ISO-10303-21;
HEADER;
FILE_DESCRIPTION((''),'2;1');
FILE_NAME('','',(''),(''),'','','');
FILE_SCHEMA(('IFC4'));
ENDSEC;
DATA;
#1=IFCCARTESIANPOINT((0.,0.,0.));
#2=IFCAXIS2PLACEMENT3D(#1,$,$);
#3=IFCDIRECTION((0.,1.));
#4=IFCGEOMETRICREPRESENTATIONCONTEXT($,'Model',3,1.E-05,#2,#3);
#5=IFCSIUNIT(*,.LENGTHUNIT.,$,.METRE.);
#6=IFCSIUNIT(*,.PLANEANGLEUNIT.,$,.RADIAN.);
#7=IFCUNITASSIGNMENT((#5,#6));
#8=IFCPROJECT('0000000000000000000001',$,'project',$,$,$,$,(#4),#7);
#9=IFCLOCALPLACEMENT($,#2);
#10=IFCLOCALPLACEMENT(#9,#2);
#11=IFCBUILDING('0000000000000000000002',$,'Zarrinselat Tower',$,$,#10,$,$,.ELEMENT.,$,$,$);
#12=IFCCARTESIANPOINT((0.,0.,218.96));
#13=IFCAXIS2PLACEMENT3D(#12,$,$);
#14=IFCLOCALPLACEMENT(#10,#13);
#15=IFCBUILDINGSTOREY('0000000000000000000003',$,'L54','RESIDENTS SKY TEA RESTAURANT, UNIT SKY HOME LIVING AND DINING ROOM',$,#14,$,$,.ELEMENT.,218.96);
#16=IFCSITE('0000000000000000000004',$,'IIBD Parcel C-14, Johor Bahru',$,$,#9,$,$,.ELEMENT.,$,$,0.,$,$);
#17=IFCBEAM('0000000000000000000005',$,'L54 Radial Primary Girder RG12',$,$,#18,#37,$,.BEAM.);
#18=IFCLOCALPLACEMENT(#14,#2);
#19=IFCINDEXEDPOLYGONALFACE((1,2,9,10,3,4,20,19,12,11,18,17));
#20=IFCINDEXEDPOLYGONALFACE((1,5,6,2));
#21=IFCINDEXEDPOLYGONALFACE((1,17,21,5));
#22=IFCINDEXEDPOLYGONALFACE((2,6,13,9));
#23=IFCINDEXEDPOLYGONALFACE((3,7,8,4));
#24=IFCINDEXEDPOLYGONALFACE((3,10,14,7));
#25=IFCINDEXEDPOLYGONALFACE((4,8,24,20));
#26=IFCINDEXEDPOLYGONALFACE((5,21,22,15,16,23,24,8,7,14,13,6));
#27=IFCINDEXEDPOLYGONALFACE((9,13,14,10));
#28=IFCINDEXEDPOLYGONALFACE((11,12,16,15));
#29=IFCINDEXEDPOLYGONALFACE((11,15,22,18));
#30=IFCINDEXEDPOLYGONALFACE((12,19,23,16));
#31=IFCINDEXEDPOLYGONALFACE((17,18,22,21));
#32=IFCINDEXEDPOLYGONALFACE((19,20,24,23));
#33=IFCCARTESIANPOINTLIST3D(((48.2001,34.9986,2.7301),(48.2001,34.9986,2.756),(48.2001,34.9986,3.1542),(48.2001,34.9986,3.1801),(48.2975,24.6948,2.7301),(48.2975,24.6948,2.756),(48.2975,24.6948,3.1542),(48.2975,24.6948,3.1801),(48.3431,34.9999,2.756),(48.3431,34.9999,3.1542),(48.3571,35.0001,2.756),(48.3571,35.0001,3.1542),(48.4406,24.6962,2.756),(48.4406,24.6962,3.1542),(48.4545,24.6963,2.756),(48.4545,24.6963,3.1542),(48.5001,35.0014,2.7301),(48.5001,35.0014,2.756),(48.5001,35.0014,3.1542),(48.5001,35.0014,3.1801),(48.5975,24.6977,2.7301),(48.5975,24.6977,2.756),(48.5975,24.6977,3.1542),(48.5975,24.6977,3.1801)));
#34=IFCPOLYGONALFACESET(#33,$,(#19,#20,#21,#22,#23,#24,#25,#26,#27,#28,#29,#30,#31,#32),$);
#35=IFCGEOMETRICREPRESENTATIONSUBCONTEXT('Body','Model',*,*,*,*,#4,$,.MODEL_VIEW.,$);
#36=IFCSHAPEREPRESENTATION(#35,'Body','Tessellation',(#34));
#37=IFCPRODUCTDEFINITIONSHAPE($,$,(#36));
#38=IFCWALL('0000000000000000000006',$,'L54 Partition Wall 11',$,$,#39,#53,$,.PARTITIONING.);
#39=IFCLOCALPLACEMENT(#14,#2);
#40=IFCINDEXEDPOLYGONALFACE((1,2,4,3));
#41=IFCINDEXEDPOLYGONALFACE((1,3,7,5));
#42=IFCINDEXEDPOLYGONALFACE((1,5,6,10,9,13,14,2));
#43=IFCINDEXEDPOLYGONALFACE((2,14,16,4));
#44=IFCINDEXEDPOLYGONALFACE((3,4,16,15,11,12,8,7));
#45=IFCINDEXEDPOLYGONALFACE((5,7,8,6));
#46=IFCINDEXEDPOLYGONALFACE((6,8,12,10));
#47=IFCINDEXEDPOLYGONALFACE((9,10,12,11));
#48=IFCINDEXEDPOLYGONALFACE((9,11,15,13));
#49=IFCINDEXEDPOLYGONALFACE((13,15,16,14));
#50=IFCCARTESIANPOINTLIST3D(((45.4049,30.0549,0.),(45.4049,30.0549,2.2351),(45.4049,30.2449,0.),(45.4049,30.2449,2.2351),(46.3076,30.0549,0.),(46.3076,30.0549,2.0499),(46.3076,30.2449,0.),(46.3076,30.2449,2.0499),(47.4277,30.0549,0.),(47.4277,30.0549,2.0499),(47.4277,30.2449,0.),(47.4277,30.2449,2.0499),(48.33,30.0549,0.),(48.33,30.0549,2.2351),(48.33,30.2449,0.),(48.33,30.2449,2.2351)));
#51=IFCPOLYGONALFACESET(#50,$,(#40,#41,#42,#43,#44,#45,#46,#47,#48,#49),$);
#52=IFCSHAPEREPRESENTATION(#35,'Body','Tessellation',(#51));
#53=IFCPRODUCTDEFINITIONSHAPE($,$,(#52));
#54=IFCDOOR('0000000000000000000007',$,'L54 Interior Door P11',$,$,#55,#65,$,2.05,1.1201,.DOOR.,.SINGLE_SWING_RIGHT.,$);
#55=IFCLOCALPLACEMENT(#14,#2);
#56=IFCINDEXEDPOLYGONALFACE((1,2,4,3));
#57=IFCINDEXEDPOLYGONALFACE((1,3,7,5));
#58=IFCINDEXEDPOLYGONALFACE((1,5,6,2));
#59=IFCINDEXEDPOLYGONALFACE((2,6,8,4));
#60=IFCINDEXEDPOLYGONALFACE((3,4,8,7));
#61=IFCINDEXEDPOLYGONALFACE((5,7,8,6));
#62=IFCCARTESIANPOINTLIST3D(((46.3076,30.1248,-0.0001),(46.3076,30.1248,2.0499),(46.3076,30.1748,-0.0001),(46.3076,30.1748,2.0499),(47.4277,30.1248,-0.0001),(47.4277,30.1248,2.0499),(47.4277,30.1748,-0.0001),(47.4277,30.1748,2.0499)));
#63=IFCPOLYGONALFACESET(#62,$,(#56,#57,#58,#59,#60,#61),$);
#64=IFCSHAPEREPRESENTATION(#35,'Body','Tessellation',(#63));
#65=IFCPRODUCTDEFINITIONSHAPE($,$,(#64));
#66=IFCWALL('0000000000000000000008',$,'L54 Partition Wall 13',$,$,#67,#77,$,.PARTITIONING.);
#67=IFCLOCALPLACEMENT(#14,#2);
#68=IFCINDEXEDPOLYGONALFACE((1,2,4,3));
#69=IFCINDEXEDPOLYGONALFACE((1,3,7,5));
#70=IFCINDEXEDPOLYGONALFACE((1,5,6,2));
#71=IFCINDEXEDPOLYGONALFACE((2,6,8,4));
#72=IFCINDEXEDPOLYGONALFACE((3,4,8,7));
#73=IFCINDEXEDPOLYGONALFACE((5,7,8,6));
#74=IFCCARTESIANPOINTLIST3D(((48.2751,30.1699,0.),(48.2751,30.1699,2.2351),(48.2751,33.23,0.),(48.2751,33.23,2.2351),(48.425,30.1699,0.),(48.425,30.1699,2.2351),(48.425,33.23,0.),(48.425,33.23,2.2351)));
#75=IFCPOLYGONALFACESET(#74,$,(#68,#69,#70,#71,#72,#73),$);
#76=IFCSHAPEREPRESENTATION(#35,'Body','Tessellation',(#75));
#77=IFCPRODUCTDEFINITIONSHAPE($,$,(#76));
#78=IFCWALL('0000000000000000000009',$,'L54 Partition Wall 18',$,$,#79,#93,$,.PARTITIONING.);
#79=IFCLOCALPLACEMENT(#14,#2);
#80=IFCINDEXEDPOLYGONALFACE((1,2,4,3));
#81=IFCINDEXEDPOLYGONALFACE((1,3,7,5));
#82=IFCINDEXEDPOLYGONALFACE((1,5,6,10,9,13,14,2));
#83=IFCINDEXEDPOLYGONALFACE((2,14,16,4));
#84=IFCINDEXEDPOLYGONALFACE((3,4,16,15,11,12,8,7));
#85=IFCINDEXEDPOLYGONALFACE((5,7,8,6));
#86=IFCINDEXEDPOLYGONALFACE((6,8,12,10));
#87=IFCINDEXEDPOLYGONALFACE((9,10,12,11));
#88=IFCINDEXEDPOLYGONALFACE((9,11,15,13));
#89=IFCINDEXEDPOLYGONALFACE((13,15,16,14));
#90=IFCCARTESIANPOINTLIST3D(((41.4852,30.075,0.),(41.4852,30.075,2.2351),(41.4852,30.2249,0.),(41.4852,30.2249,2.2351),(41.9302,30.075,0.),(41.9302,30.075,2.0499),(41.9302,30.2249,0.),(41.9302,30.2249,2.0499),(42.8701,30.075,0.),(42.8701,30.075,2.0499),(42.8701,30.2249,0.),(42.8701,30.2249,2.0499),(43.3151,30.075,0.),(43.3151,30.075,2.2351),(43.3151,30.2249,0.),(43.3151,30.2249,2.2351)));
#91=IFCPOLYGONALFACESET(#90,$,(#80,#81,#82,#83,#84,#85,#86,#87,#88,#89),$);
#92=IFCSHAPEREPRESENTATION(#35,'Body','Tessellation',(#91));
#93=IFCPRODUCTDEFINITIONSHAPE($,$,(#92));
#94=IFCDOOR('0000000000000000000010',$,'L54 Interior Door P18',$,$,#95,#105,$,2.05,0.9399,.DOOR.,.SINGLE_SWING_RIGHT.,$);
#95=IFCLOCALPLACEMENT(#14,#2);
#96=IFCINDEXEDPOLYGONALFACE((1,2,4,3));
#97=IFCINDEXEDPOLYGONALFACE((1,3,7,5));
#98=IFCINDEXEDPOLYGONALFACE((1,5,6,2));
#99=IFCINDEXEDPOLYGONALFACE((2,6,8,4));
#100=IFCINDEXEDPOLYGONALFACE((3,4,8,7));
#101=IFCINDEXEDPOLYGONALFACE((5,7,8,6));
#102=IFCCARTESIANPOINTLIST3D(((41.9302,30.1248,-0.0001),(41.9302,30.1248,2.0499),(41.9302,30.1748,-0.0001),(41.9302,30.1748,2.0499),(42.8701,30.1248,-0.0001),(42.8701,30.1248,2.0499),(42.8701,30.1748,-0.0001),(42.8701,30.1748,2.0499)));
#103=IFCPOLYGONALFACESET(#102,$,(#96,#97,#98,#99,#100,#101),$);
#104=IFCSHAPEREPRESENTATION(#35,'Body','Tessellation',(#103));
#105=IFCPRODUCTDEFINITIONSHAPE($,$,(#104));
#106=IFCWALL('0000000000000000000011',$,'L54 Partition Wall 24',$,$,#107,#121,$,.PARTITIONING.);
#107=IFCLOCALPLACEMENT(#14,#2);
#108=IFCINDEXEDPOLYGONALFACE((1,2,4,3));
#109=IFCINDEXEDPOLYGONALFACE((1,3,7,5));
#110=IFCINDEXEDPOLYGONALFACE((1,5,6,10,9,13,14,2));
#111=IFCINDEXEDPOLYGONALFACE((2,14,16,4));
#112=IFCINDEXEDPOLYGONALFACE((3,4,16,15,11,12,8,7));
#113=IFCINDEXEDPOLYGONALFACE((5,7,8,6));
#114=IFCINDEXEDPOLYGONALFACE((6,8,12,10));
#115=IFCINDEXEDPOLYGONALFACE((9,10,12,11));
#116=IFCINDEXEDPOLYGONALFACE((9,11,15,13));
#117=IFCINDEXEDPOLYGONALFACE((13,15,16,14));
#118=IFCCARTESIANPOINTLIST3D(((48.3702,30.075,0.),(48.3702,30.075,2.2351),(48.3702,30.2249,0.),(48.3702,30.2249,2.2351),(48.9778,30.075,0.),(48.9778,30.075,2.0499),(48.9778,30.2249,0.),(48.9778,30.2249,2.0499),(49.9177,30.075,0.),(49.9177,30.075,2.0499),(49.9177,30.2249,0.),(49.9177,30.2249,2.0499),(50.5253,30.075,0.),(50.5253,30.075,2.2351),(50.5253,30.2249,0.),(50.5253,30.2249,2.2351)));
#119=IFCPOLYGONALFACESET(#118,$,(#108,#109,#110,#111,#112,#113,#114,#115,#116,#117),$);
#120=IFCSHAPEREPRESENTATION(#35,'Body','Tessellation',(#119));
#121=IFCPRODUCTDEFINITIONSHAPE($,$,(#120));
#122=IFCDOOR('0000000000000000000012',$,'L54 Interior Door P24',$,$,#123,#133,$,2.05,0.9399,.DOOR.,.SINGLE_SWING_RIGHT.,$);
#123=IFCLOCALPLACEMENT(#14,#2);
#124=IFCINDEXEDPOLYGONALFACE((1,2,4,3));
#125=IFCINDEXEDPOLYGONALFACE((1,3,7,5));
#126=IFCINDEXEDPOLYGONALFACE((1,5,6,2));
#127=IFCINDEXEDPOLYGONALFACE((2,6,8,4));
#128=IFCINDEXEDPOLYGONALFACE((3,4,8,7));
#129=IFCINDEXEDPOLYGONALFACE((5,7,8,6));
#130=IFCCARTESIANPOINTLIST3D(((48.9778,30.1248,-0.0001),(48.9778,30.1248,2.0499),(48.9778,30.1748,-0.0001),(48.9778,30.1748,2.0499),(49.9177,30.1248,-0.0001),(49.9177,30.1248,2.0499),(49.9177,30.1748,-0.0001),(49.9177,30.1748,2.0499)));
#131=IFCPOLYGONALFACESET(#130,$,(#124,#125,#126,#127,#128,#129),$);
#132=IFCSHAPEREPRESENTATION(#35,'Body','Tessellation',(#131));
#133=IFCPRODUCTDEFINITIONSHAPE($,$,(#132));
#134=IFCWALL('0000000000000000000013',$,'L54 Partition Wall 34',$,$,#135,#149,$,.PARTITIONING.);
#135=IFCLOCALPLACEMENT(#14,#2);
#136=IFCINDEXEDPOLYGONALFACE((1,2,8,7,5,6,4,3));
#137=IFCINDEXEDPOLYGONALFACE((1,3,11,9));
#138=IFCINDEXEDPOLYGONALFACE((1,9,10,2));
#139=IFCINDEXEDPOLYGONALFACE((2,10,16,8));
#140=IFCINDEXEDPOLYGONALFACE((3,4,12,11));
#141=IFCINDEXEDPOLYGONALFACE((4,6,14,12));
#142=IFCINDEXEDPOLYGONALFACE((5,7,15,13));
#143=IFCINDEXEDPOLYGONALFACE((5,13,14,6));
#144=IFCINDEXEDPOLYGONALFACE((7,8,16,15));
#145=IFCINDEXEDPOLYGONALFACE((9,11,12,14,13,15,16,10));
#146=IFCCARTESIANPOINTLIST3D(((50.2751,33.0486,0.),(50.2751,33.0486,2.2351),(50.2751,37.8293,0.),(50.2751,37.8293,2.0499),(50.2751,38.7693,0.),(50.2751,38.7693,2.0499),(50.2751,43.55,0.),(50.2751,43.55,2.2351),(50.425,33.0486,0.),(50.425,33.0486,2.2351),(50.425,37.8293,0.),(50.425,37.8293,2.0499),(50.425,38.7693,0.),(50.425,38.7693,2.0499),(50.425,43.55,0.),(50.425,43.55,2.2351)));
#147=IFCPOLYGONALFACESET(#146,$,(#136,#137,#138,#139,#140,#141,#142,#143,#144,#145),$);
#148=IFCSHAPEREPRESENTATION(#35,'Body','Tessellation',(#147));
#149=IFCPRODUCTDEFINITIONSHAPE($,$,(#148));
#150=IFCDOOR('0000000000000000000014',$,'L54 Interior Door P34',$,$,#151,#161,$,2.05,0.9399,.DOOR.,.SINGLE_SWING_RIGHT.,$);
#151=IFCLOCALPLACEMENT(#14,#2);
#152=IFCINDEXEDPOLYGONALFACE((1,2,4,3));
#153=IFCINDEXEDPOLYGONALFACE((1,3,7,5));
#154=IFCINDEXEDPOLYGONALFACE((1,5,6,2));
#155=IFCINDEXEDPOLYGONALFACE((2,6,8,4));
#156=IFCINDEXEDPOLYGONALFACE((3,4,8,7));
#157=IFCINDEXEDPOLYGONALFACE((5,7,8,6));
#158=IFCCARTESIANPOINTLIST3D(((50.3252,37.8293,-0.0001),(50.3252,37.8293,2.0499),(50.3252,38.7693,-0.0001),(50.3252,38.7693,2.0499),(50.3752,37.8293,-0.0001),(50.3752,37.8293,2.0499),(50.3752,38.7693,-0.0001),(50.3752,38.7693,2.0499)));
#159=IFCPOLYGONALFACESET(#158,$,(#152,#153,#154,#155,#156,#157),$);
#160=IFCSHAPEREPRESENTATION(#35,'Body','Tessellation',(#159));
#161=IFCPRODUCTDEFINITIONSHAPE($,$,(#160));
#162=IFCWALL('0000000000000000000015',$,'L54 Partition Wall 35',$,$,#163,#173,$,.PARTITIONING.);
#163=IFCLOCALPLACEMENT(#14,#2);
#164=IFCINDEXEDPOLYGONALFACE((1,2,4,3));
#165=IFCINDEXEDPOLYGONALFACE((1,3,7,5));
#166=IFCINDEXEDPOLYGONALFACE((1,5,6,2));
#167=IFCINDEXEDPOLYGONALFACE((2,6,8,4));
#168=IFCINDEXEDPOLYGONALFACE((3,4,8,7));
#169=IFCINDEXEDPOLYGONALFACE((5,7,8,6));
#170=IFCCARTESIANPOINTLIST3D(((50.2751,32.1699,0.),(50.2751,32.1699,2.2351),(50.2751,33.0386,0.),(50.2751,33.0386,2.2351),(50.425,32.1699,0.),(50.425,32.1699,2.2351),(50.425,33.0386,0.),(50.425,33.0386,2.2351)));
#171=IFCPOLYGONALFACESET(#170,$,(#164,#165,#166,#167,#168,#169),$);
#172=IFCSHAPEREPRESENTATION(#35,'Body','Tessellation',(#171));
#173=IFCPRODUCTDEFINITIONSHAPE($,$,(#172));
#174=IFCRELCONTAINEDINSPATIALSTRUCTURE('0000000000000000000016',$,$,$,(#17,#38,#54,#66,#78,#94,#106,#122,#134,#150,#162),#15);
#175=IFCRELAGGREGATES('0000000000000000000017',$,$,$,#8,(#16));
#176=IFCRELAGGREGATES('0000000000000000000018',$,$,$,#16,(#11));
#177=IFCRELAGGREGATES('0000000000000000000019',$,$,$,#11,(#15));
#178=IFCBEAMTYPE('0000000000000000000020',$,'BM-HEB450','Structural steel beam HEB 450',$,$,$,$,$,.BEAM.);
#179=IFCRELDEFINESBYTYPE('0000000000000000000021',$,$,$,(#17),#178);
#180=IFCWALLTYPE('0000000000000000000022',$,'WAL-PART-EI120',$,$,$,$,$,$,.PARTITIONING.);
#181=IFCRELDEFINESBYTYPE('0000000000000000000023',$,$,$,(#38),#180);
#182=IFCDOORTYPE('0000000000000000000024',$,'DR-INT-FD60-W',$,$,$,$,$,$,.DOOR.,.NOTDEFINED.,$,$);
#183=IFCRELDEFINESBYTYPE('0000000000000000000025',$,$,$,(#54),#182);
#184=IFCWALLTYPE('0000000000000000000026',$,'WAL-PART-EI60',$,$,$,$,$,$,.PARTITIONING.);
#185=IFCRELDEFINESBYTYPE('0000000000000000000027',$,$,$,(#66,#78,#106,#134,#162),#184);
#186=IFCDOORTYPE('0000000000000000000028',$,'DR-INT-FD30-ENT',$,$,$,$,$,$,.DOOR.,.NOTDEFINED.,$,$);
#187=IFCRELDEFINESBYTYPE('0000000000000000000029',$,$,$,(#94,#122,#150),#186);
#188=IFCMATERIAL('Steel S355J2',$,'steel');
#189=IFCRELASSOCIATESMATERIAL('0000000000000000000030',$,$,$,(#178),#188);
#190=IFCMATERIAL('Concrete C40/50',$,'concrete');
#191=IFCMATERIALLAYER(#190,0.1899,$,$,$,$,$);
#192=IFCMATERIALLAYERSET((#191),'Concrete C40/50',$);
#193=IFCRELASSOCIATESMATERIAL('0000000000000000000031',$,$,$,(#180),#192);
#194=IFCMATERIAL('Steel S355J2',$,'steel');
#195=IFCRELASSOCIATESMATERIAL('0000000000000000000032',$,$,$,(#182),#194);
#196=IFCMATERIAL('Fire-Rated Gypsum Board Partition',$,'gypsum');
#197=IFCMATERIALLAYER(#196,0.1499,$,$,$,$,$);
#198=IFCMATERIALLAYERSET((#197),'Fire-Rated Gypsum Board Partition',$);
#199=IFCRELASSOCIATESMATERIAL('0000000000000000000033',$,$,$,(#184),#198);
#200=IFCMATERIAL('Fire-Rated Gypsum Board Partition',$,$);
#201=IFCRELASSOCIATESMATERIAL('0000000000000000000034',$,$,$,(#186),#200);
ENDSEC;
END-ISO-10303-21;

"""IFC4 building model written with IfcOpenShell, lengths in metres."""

from ifc_helpers import new_model, si_unit, direction, frame, frame_2d, origin, origin_2d, place, context, subcontext, project, spatial, rectangle, i_section, extrude, material, layer, layer_set, material_profile, profile_set, type_object, element, fill, save


model = new_model("IFC4")

# Units and contexts
model_context = context("Model", 3, precision=1e-05, world=origin(), true_north=direction((0.0, 1.0)))
body_context = subcontext(model_context, "Body", "Model", "MODEL_VIEW")
ifc_project = project(units=[si_unit("LENGTHUNIT", "METRE"), si_unit("PLANEANGLEUNIT", "RADIAN")], contexts=[model_context])

# Site, building, storey
site_placement = place(None, origin())
site = spatial("IfcSite", under=ifc_project, at=site_placement, Name="IIBD Parcel C-14, Johor Bahru", CompositionType="ELEMENT", RefElevation=0.0)
building_placement = place(site_placement, origin())
building = spatial("IfcBuilding", under=site, at=building_placement, Name="Zarrinselat Tower", CompositionType="ELEMENT")
storey_placement = place(building_placement, frame((0.0, 0.0, 218.96)))
storey = spatial("IfcBuildingStorey", under=building, at=storey_placement, Name="L54", Description="RESIDENTS SKY TEA RESTAURANT, UNIT SKY HOME LIVING AND DINING ROOM", CompositionType="ELEMENT", Elevation=218.96)

# Beam
ifc_material_1 = material(Name="Steel S355J2", Category="steel")
ifc_material_profile = material_profile(ifc_material_1, i_section(OverallWidth=0.3, OverallDepth=0.45, WebThickness=0.0139, FlangeThickness=0.0259, at=origin_2d()), Name="HEB 450")
ifc_profile_set = profile_set([ifc_material_profile], Name="Steel S355J2")
beam_type = type_object("IfcBeamType", Name="BM-HEB450", Description="Structural steel beam HEB 450", PredefinedType="BEAM", material=ifc_profile_set)
beam_placement = place(storey_placement, frame((48.3501, 35.0, 2.9551), z_axis=(0.009454, -0.999955, 0.0), x_axis=(0.999955, 0.009454, 0.0)))
element("IfcBeam", 1, at=beam_placement, inside=storey, type_object=beam_type, Name="L54 Radial Primary Girder RG12", PredefinedType="BEAM", context=body_context, shape_type="SweptSolid", body=[
    extrude(i_section(OverallWidth=0.3, OverallDepth=0.45, WebThickness=0.0139, FlangeThickness=0.0259, at=origin_2d()), origin(), (0.0, 0.0, 1.0), 10.3042),
])

# Wall, opening, door
ifc_material_2 = material(Name="Concrete C40/50", Category="concrete")
ifc_layer_1 = layer(ifc_material_2, 0.1899)
ifc_layer_set_1 = layer_set([ifc_layer_1], Name="Concrete C40/50")
wall_type_1 = type_object("IfcWallType", Name="WAL-PART-EI120", PredefinedType="PARTITIONING", material=ifc_layer_set_1)
wall_1_placement = place(storey_placement, frame((45.405, 30.1499, 0.0), z_axis=(0.0, 0.0, 1.0), x_axis=(1.0, 0.0, 0.0)))
wall_1 = element("IfcWall", 2, at=wall_1_placement, inside=storey, type_object=wall_type_1, Name="L54 Partition Wall 11", PredefinedType="PARTITIONING", context=body_context, shape_type="SweptSolid", body=[
    extrude(rectangle(XDim=2.925, YDim=0.1899, at=frame_2d((1.4624, 0.0))), origin(), (0.0, 0.0, 1.0), 2.2351),
])
opening_1_placement = place(wall_1_placement, frame((0.9026, 0.0, 0.0)))
opening_1 = element("IfcOpeningElement", 3, at=opening_1_placement, cuts=wall_1, PredefinedType="OPENING", context=body_context, shape_type="SweptSolid", body=[
    extrude(rectangle(XDim=1.1201, YDim=2.05, at=frame_2d((0.5601, 1.0249))), frame((0.0, 0.105, 0.0), z_axis=(0.0, -1.0, 0.0), x_axis=(1.0, 0.0, 0.0)), (0.0, 0.0, 1.0), 0.21),
])
ifc_material_3 = material(Name="Steel S355J2", Category="steel")
door_type_1 = type_object("IfcDoorType", Name="DR-INT-FD60-W", OperationType="NOTDEFINED", PredefinedType="DOOR", material=ifc_material_3)
door_1_placement = place(opening_1_placement, origin())
door_1 = element("IfcDoor", 4, at=door_1_placement, inside=storey, type_object=door_type_1, Name="L54 Interior Door P11", OperationType="SINGLE_SWING_RIGHT", OverallHeight=2.05, OverallWidth=1.1201, PredefinedType="DOOR", context=body_context, shape_type="SweptSolid", body=[
    extrude(rectangle(XDim=1.1201, YDim=2.05, at=frame_2d((0.5601, 1.0249))), frame((0.0, 0.0249, 0.0), z_axis=(0.0, -1.0, 0.0), x_axis=(1.0, 0.0, 0.0)), (0.0, 0.0, 1.0), 0.05),
])
fill(opening_1, door_1)

# Wall
ifc_material_4 = material(Name="Fire-Rated Gypsum Board Partition", Category="gypsum")
ifc_layer_2 = layer(ifc_material_4, 0.1499)
ifc_layer_set_2 = layer_set([ifc_layer_2], Name="Fire-Rated Gypsum Board Partition")
wall_type_2 = type_object("IfcWallType", Name="WAL-PART-EI60", PredefinedType="PARTITIONING", material=ifc_layer_set_2)
wall_2_placement = place(storey_placement, frame((48.3501, 30.1699, 0.0), z_axis=(0.0, 0.0, 1.0), x_axis=(0.0, 1.0, 0.0)))
element("IfcWall", 5, at=wall_2_placement, inside=storey, type_object=wall_type_2, Name="L54 Partition Wall 13", PredefinedType="PARTITIONING", context=body_context, shape_type="SweptSolid", body=[
    extrude(rectangle(XDim=3.0601, YDim=0.1499, at=frame_2d((1.53, 0.0))), origin(), (0.0, 0.0, 1.0), 2.2351),
])

# Walls, openings, doors
wall_3_placement = place(storey_placement, frame((41.4851, 30.1499, 0.0), z_axis=(0.0, 0.0, 1.0), x_axis=(1.0, 0.0, 0.0)))
wall_3 = element("IfcWall", 6, at=wall_3_placement, inside=storey, type_object=wall_type_2, Name="L54 Partition Wall 18", PredefinedType="PARTITIONING", context=body_context, shape_type="SweptSolid", body=[
    extrude(rectangle(XDim=1.8298, YDim=0.1499, at=frame_2d((0.915, 0.0))), origin(), (0.0, 0.0, 1.0), 2.2351),
])
opening_2_placement = place(wall_3_placement, frame((0.4451, 0.0, 0.0)))
opening_2 = element("IfcOpeningElement", 7, at=opening_2_placement, cuts=wall_3, PredefinedType="OPENING", context=body_context, shape_type="SweptSolid", body=[
    extrude(rectangle(XDim=0.9399, YDim=2.05, at=frame_2d((0.47, 1.0249))), frame((0.0, 0.085, 0.0), z_axis=(0.0, -1.0, 0.0), x_axis=(1.0, 0.0, 0.0)), (0.0, 0.0, 1.0), 0.1699),
])
ifc_material_5 = material(Name="Fire-Rated Gypsum Board Partition")
door_type_2 = type_object("IfcDoorType", Name="DR-INT-FD30-ENT", OperationType="NOTDEFINED", PredefinedType="DOOR", material=ifc_material_5)
door_2_placement = place(opening_2_placement, origin())
door_2 = element("IfcDoor", 8, at=door_2_placement, inside=storey, type_object=door_type_2, Name="L54 Interior Door P18", OperationType="SINGLE_SWING_RIGHT", OverallHeight=2.05, OverallWidth=0.9399, PredefinedType="DOOR", context=body_context, shape_type="SweptSolid", body=[
    extrude(rectangle(XDim=0.9399, YDim=2.05, at=frame_2d((0.47, 1.0249))), frame((0.0, 0.0249, 0.0), z_axis=(0.0, -1.0, 0.0), x_axis=(1.0, 0.0, 0.0)), (0.0, 0.0, 1.0), 0.05),
])
fill(opening_2, door_2)
wall_4_placement = place(storey_placement, frame((48.3701, 30.1499, 0.0), z_axis=(0.0, 0.0, 1.0), x_axis=(1.0, 0.0, 0.0)))
wall_4 = element("IfcWall", 9, at=wall_4_placement, inside=storey, type_object=wall_type_2, Name="L54 Partition Wall 24", PredefinedType="PARTITIONING", context=body_context, shape_type="SweptSolid", body=[
    extrude(rectangle(XDim=2.155, YDim=0.1499, at=frame_2d((1.0776, 0.0))), origin(), (0.0, 0.0, 1.0), 2.2351),
])
opening_3_placement = place(wall_4_placement, frame((0.6077, 0.0, 0.0)))
opening_3 = element("IfcOpeningElement", 10, at=opening_3_placement, cuts=wall_4, PredefinedType="OPENING", context=body_context, shape_type="SweptSolid", body=[
    extrude(rectangle(XDim=0.9399, YDim=2.05, at=frame_2d((0.47, 1.0249))), frame((0.0, 0.085, 0.0), z_axis=(0.0, -1.0, 0.0), x_axis=(1.0, 0.0, 0.0)), (0.0, 0.0, 1.0), 0.1699),
])
door_3_placement = place(opening_3_placement, origin())
door_3 = element("IfcDoor", 11, at=door_3_placement, inside=storey, type_object=door_type_2, Name="L54 Interior Door P24", OperationType="SINGLE_SWING_RIGHT", OverallHeight=2.05, OverallWidth=0.9399, PredefinedType="DOOR", context=body_context, shape_type="SweptSolid", body=[
    extrude(rectangle(XDim=0.9399, YDim=2.05, at=frame_2d((0.47, 1.0249))), frame((0.0, 0.0249, 0.0), z_axis=(0.0, -1.0, 0.0), x_axis=(1.0, 0.0, 0.0)), (0.0, 0.0, 1.0), 0.05),
])
fill(opening_3, door_3)
wall_5_placement = place(storey_placement, frame((50.3501, 33.0486, 0.0), z_axis=(0.0, 0.0, 1.0), x_axis=(0.0, 1.0, 0.0)))
wall_5 = element("IfcWall", 12, at=wall_5_placement, inside=storey, type_object=wall_type_2, Name="L54 Partition Wall 34", PredefinedType="PARTITIONING", context=body_context, shape_type="SweptSolid", body=[
    extrude(rectangle(XDim=10.5015, YDim=0.1499, at=frame_2d((5.2507, 0.0))), origin(), (0.0, 0.0, 1.0), 2.2351),
])
opening_4_placement = place(wall_5_placement, frame((4.7808, 0.0, 0.0)))
opening_4 = element("IfcOpeningElement", 13, at=opening_4_placement, cuts=wall_5, PredefinedType="OPENING", context=body_context, shape_type="SweptSolid", body=[
    extrude(rectangle(XDim=0.9399, YDim=2.05, at=frame_2d((0.47, 1.0249))), frame((0.0, 0.085, 0.0), z_axis=(0.0, -1.0, 0.0), x_axis=(1.0, 0.0, 0.0)), (0.0, 0.0, 1.0), 0.1699),
])
door_4_placement = place(opening_4_placement, origin())
door_4 = element("IfcDoor", 14, at=door_4_placement, inside=storey, type_object=door_type_2, Name="L54 Interior Door P34", OperationType="SINGLE_SWING_RIGHT", OverallHeight=2.05, OverallWidth=0.9399, PredefinedType="DOOR", context=body_context, shape_type="SweptSolid", body=[
    extrude(rectangle(XDim=0.9399, YDim=2.05, at=frame_2d((0.47, 1.0249))), frame((0.0, 0.0249, 0.0), z_axis=(0.0, -1.0, 0.0), x_axis=(1.0, 0.0, 0.0)), (0.0, 0.0, 1.0), 0.05),
])
fill(opening_4, door_4)

# Wall
wall_6_placement = place(storey_placement, frame((50.3501, 32.1699, 0.0), z_axis=(0.0, 0.0, 1.0), x_axis=(0.0, 1.0, 0.0)))
element("IfcWall", 15, at=wall_6_placement, inside=storey, type_object=wall_type_2, Name="L54 Partition Wall 35", PredefinedType="PARTITIONING", context=body_context, shape_type="SweptSolid", body=[
    extrude(rectangle(XDim=0.8687, YDim=0.1499, at=frame_2d((0.4343, 0.0))), origin(), (0.0, 0.0, 1.0), 2.2351),
])

save(model, "model.ifc")
